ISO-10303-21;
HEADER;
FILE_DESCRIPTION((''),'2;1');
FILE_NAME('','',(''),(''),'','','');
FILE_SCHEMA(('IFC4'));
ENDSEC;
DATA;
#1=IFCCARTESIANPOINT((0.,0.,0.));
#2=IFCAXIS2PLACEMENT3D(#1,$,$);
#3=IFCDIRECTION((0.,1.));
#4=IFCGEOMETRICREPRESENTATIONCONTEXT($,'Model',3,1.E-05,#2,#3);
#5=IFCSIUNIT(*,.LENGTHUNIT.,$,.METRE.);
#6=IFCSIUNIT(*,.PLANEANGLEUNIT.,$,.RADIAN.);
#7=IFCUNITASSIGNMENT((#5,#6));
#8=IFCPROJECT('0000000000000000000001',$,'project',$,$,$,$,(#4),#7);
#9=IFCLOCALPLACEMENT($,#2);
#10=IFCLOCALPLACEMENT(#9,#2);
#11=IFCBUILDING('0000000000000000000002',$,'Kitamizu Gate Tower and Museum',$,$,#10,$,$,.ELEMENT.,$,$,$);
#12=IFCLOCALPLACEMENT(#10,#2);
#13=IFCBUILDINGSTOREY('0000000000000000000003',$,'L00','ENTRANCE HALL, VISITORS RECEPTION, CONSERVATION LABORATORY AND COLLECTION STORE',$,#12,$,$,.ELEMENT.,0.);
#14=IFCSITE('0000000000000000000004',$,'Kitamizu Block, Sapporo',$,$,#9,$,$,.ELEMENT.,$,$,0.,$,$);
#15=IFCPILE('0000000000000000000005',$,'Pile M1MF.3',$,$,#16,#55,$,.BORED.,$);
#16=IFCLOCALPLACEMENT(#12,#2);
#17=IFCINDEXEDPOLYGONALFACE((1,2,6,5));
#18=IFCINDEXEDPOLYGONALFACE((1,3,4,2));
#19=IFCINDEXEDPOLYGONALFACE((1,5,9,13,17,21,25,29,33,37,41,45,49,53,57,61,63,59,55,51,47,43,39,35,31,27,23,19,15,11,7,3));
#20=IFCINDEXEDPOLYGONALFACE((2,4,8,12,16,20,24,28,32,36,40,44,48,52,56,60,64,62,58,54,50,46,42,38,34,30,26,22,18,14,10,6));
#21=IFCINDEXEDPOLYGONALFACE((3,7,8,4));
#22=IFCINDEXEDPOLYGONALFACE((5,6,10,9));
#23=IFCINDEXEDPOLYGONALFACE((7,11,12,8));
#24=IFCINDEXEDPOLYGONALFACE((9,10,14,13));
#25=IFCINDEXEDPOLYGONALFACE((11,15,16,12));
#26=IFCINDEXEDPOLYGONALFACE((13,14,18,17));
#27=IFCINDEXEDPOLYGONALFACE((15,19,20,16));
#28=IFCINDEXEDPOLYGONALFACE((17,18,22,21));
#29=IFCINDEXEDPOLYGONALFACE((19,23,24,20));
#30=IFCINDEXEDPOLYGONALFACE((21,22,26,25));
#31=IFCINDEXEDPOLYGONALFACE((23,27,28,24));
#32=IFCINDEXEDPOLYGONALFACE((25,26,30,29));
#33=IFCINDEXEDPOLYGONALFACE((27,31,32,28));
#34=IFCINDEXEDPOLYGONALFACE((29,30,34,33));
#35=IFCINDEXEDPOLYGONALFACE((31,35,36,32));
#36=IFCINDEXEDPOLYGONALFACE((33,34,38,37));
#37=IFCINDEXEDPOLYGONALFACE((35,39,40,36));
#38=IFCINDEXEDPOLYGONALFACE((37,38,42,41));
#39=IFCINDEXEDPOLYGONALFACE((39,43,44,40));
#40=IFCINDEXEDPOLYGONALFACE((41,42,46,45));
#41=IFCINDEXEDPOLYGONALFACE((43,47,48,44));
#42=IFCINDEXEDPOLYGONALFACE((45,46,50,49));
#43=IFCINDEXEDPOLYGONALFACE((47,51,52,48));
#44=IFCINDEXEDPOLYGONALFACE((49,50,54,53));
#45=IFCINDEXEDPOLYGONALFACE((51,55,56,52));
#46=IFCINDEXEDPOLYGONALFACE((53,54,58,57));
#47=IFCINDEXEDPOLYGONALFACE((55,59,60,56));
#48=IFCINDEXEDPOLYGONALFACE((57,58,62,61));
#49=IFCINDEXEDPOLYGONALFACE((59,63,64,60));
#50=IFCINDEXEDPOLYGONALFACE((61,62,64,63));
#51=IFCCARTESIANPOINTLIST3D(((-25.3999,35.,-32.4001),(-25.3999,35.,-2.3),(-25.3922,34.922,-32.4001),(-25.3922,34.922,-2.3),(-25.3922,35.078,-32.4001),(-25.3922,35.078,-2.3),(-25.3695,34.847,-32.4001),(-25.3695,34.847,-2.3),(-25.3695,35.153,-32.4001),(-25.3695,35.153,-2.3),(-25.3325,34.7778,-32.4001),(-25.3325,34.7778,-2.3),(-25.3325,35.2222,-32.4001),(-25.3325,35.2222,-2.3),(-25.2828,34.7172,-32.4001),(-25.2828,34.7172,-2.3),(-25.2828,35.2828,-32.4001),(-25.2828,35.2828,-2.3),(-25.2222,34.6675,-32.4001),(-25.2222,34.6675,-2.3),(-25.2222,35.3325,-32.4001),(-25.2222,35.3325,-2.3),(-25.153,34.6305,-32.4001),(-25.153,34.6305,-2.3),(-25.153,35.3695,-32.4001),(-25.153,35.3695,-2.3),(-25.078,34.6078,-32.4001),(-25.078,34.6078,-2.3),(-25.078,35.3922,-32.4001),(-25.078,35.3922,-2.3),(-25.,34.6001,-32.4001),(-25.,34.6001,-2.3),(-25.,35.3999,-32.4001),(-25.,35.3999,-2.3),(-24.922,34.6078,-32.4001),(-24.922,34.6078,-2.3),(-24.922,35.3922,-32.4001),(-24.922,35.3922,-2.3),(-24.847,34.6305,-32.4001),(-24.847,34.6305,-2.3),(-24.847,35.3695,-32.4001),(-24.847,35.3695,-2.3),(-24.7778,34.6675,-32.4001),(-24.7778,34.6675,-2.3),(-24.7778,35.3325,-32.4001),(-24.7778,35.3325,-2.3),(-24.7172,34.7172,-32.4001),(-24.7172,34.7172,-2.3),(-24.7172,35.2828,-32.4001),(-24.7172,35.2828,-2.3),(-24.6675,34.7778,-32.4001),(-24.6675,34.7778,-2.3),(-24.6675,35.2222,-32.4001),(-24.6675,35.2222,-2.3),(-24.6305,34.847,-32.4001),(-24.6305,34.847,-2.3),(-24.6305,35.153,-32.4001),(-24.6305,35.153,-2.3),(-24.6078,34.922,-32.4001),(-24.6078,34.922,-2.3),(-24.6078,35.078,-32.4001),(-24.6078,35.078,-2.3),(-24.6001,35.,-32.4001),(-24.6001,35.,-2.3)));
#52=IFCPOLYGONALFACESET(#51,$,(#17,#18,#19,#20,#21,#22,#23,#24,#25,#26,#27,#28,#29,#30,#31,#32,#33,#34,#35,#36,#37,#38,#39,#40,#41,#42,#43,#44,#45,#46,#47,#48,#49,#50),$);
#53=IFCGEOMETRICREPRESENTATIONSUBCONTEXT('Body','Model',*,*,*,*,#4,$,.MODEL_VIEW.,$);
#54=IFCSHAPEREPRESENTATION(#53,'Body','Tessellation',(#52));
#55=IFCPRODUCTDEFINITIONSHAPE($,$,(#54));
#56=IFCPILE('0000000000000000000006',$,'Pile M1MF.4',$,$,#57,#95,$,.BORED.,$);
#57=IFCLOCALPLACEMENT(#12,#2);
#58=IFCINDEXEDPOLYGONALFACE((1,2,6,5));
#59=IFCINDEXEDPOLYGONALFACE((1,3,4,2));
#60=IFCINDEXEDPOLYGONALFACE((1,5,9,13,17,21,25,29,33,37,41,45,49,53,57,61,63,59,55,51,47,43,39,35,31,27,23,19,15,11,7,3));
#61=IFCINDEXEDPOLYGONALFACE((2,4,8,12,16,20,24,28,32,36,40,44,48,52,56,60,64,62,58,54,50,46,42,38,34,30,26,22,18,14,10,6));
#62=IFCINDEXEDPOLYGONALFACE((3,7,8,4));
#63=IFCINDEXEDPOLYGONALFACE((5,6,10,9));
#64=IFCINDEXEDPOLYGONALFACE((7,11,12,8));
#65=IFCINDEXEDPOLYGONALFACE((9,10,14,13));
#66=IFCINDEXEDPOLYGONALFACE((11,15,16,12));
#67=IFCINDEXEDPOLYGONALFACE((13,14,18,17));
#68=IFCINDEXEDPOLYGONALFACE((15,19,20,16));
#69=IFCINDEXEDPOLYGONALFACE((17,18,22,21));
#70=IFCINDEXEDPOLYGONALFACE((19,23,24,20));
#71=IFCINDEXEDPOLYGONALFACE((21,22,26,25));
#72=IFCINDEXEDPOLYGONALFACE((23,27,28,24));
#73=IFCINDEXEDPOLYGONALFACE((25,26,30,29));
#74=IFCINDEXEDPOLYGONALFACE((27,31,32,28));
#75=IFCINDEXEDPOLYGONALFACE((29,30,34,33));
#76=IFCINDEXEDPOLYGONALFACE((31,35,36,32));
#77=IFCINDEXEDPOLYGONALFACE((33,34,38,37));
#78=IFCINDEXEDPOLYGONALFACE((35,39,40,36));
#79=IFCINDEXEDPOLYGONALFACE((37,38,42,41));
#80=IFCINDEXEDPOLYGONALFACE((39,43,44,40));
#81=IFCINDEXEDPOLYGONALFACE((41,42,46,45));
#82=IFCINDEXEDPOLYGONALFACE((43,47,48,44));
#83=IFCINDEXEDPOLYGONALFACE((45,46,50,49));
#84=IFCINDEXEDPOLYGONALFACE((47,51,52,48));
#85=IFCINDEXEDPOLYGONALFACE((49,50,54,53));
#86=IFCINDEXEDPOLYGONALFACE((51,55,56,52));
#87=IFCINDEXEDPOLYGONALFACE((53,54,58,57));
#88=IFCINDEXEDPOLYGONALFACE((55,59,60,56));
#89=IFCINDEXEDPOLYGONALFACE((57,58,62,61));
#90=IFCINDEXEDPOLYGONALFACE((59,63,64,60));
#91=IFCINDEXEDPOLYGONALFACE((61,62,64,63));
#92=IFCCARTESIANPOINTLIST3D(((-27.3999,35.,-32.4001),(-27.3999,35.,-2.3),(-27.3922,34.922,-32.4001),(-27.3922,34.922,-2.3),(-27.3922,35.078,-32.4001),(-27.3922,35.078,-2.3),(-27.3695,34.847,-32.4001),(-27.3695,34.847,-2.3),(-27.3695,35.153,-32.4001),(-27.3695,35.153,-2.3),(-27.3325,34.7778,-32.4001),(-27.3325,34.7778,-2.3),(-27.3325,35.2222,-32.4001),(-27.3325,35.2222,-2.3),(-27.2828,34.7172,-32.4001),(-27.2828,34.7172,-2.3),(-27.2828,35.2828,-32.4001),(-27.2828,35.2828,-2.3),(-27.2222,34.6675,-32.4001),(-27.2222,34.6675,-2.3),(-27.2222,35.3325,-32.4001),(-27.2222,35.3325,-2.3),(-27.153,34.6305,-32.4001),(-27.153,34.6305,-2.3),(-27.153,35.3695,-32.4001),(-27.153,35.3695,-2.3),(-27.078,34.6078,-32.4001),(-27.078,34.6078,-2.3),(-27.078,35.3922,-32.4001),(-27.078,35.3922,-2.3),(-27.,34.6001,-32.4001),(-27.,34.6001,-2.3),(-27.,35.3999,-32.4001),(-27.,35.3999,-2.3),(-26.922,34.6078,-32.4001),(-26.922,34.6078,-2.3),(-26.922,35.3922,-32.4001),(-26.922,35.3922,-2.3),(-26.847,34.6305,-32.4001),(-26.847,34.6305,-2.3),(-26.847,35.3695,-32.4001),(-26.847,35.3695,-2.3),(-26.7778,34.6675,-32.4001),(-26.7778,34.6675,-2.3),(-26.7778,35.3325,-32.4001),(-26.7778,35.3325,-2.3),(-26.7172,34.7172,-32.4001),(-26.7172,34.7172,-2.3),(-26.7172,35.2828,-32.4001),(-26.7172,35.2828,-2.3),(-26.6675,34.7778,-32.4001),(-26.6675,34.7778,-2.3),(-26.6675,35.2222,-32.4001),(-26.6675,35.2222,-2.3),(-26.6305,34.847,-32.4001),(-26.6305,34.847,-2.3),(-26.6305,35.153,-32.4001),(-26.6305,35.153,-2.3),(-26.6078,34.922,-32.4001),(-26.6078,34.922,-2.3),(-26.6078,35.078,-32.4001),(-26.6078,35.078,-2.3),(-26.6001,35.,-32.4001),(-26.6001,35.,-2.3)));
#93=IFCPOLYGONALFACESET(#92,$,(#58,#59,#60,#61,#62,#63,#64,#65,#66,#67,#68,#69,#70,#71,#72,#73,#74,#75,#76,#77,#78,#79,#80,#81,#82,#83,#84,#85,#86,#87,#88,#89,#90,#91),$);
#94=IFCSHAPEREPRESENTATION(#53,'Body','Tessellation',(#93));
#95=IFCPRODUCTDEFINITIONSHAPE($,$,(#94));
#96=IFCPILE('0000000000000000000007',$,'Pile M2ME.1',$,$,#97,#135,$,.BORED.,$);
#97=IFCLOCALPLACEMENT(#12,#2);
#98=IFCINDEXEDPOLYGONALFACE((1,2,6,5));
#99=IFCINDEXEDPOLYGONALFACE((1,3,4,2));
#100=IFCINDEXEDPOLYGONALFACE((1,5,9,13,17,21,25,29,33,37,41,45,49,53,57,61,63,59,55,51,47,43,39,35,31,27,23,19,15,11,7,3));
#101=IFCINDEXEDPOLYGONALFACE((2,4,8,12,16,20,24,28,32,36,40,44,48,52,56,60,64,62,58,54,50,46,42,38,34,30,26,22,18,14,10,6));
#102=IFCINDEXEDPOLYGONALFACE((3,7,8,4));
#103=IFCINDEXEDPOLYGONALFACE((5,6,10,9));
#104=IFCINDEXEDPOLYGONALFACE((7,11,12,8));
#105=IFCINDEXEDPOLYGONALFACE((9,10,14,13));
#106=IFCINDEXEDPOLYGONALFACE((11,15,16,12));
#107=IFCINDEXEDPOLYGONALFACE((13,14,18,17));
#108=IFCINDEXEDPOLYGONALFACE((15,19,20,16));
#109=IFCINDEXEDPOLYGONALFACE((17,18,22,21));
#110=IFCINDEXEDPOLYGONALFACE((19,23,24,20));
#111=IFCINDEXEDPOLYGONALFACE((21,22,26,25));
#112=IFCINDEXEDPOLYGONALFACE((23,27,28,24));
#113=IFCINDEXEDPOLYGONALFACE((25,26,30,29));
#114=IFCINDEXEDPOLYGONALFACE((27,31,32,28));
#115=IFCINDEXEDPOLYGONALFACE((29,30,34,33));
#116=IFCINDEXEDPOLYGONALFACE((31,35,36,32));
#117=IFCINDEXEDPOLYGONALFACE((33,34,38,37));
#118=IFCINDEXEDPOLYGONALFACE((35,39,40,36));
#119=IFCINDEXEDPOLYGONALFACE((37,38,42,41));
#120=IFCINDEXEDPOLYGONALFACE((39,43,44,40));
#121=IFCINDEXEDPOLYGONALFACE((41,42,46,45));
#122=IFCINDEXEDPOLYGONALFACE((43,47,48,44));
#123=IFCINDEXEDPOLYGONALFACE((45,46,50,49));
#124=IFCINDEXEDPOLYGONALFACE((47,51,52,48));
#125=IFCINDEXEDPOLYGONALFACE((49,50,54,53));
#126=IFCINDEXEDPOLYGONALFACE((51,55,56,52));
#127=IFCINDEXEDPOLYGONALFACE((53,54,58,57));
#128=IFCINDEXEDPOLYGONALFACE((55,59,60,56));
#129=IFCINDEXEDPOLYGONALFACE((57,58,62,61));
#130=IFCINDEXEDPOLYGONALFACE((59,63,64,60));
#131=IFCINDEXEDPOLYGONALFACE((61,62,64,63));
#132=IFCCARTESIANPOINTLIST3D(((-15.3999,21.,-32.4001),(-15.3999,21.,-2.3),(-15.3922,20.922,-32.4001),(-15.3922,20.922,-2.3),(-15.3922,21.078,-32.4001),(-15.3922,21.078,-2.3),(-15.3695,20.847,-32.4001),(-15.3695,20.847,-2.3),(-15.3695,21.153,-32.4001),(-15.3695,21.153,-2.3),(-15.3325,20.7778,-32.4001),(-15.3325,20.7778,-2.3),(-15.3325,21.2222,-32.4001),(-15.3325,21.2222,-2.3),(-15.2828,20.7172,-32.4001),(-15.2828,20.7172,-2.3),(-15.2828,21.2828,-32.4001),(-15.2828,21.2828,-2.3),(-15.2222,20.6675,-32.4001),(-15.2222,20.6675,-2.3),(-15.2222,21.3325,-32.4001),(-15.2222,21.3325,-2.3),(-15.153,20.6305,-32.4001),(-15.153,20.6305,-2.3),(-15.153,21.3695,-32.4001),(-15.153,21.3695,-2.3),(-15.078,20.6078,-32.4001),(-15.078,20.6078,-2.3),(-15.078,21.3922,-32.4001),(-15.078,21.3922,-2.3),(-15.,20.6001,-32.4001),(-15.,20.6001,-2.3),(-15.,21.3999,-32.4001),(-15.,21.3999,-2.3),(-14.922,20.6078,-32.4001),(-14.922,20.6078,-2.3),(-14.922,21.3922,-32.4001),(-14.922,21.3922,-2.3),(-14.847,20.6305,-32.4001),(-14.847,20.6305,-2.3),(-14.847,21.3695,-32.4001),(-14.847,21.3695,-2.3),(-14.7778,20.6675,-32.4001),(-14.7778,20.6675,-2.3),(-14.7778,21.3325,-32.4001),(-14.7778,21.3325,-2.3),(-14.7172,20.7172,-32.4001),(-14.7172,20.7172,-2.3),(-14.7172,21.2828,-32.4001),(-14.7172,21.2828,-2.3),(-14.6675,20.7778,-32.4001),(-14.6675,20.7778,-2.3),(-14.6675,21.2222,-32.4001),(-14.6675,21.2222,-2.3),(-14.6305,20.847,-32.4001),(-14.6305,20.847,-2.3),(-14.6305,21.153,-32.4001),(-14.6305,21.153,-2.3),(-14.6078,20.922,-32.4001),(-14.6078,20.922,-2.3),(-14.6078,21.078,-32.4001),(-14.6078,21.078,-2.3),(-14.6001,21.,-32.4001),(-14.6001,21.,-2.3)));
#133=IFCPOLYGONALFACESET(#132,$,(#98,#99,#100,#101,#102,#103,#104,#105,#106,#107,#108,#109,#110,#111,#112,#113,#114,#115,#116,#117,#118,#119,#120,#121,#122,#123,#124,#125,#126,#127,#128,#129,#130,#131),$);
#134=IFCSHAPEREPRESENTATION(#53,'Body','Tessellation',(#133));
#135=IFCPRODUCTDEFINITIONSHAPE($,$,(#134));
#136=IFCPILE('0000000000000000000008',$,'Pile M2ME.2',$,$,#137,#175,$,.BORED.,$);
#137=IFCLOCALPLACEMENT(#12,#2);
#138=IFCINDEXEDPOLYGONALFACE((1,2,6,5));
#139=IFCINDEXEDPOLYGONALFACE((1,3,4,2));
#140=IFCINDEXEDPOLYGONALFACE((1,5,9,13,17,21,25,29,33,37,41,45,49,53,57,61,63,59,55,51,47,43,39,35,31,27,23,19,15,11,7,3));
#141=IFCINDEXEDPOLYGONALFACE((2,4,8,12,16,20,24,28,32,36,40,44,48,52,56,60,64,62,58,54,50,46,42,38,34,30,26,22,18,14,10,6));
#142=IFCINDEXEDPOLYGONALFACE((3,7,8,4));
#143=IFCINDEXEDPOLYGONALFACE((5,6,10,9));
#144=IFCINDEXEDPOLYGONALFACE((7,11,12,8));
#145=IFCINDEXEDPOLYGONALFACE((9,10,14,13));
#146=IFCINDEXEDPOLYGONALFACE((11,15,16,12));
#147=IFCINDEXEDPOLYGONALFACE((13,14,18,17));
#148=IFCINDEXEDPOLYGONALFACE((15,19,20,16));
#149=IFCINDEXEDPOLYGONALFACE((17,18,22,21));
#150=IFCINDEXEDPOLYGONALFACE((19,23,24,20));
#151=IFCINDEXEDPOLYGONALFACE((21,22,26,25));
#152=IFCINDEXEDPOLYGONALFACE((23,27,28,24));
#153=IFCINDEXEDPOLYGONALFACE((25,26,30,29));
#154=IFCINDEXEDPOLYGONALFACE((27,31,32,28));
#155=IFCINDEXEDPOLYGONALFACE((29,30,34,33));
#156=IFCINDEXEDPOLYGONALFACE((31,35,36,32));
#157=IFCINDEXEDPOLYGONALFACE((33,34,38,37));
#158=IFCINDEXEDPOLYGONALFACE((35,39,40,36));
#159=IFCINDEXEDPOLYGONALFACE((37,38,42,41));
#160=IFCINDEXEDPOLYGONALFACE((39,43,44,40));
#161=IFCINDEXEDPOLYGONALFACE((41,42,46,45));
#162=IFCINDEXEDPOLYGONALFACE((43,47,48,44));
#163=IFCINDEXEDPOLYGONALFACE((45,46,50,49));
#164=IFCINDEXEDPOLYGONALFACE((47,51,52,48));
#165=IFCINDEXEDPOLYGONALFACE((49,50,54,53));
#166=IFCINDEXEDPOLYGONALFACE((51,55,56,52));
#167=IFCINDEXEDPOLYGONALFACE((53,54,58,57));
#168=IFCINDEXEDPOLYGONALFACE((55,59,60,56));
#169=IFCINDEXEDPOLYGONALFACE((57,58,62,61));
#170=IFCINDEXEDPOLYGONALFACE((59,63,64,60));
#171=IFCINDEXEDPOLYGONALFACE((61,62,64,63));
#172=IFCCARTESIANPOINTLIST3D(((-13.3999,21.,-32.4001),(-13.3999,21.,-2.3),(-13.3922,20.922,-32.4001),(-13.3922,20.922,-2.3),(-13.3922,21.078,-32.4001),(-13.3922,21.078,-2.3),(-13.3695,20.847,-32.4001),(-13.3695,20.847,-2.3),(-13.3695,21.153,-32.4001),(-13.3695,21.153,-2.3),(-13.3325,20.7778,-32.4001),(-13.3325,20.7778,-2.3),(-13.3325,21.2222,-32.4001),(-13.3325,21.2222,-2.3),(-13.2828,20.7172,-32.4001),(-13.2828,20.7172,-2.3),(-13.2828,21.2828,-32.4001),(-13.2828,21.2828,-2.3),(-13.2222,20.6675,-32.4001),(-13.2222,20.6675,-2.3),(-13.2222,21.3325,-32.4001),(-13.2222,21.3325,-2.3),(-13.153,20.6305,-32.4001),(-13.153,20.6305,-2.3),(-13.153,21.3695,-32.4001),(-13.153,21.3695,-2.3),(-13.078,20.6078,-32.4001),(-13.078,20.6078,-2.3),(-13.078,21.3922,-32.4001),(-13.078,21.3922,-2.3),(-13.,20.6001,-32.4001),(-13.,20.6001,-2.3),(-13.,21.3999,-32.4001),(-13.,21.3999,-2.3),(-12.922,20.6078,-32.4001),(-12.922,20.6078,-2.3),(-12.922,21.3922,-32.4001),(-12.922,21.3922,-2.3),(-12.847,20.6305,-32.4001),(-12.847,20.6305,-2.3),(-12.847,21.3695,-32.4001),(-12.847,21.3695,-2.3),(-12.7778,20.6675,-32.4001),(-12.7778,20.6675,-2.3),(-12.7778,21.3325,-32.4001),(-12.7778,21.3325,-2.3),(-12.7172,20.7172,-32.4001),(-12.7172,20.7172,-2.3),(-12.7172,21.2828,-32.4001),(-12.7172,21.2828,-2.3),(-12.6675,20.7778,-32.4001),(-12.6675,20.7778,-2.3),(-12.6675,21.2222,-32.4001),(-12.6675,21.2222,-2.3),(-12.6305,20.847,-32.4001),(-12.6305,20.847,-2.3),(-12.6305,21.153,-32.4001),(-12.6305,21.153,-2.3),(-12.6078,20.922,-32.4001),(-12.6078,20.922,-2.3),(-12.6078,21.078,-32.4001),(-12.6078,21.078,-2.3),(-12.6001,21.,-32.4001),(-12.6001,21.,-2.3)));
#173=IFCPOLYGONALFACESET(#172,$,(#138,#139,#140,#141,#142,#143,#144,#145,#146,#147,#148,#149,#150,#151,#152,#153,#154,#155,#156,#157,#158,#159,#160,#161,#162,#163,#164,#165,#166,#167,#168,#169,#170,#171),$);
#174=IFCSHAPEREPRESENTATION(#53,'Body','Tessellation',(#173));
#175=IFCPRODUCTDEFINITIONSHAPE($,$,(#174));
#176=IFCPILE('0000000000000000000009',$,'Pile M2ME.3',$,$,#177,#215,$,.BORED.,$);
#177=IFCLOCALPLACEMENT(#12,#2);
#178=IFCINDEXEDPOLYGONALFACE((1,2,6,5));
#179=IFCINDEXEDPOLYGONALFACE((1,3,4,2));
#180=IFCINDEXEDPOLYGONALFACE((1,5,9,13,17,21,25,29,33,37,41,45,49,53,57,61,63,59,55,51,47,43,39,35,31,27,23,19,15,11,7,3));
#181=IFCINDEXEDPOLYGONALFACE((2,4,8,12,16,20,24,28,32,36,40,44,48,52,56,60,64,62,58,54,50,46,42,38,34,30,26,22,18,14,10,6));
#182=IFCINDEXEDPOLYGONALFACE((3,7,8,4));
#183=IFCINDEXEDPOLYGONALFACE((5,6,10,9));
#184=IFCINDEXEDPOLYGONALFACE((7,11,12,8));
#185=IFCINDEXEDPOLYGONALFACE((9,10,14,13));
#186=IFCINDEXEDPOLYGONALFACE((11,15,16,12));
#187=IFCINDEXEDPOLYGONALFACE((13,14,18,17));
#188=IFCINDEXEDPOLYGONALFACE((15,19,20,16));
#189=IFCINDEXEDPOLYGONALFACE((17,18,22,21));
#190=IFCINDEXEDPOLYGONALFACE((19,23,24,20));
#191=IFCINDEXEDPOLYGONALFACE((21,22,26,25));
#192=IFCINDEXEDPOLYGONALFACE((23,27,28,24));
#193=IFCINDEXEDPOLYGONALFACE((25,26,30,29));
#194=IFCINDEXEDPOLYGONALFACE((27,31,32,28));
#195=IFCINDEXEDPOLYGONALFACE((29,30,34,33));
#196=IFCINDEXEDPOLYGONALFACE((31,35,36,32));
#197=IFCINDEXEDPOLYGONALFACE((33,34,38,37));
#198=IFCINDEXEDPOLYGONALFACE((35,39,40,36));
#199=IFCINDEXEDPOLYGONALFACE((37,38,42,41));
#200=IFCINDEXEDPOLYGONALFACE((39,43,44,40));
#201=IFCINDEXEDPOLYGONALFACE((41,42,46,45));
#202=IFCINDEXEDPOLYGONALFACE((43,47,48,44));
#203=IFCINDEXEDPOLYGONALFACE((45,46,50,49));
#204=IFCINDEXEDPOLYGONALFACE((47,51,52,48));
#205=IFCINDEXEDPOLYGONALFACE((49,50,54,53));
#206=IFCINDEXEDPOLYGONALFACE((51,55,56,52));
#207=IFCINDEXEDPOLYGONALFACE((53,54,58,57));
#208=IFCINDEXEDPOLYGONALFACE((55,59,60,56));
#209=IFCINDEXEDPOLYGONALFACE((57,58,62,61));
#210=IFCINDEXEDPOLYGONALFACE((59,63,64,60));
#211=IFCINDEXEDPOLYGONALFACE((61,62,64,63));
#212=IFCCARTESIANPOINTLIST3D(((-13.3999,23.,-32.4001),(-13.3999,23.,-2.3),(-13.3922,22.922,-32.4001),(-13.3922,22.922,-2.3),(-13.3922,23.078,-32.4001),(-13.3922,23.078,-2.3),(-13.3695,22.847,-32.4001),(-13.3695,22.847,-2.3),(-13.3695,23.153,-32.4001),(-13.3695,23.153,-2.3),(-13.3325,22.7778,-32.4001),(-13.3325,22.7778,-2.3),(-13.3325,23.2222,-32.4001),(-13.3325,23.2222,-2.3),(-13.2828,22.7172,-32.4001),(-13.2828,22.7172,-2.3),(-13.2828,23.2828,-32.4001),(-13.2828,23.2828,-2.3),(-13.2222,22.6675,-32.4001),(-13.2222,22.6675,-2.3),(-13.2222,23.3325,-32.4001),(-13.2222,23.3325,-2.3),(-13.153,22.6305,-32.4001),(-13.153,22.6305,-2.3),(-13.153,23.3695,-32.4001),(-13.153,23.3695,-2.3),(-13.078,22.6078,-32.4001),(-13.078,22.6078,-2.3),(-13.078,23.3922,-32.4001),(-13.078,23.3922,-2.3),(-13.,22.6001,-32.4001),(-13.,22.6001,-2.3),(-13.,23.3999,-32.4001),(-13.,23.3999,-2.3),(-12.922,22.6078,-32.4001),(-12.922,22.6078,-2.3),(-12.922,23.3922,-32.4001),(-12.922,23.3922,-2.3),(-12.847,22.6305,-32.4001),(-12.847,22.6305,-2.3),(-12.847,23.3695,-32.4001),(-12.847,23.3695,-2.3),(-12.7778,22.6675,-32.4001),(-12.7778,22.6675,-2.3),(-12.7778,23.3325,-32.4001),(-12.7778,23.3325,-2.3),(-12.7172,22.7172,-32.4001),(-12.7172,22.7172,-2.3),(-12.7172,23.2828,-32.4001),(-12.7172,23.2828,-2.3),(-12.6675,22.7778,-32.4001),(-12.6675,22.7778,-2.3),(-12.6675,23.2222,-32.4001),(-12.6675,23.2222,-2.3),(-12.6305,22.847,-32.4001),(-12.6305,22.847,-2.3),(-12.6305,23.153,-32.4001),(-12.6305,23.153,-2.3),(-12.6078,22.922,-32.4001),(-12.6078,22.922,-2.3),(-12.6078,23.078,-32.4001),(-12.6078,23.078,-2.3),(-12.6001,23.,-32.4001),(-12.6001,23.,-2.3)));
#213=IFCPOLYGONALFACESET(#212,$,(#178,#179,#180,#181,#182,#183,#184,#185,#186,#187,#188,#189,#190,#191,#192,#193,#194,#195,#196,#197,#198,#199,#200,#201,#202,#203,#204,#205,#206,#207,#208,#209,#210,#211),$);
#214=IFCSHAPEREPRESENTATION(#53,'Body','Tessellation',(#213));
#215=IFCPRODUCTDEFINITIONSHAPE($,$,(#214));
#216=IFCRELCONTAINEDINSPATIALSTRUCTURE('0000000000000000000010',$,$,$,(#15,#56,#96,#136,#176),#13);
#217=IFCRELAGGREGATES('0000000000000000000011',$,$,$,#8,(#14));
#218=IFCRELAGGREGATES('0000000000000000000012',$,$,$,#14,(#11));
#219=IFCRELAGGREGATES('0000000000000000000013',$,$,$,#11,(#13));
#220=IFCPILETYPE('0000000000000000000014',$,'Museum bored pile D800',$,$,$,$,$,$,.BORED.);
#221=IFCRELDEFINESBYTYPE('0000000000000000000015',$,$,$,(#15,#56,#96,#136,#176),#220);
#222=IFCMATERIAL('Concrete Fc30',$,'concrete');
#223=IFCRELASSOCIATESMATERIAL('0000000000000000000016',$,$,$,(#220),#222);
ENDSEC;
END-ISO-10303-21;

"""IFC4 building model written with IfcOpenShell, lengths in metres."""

from ifc_helpers import new_model, si_unit, direction, frame, origin, origin_2d, place, context, subcontext, project, spatial, circle, extrude, material, material_profile, profile_set, type_object, element, save


model = new_model("IFC4")

# Units and contexts
model_context = context("Model", 3, precision=1e-05, world=origin(), true_north=direction((0.0, 1.0)))
body_context = subcontext(model_context, "Body", "Model", "MODEL_VIEW")
ifc_project = project(units=[si_unit("LENGTHUNIT", "METRE"), si_unit("PLANEANGLEUNIT", "RADIAN")], contexts=[model_context])

# Site, building, storey
site_placement = place(None, origin())
site = spatial("IfcSite", under=ifc_project, at=site_placement, Name="Kitamizu Block, Sapporo", CompositionType="ELEMENT", RefElevation=0.0)
building_placement = place(site_placement, origin())
building = spatial("IfcBuilding", under=site, at=building_placement, Name="Kitamizu Gate Tower and Museum", CompositionType="ELEMENT")
storey_placement = place(building_placement, origin())
storey = spatial("IfcBuildingStorey", under=building, at=storey_placement, Name="L00", Description="ENTRANCE HALL, VISITORS RECEPTION, CONSERVATION LABORATORY AND COLLECTION STORE", CompositionType="ELEMENT", Elevation=0.0)

# Piles
ifc_material_1 = material(Name="Concrete Fc30", Category="concrete")
ifc_material_profile_1 = material_profile(ifc_material_1, circle(Radius=0.3999, at=origin_2d()), Name="D800")
ifc_profile_set_1 = profile_set([ifc_material_profile_1], Name="Concrete Fc30")
pile_type = type_object("IfcPileType", Name="Museum bored pile D800", PredefinedType="BORED", material=ifc_profile_set_1)
for number, where, z_axis, x_axis, name in (
    (1, (-25.0, 35.0, -2.3), (0.0, 0.0, -1.0), (1.0, 0.0, 0.0), "Pile M1MF.3"),
    (2, (-27.0, 35.0, -2.3), (0.0, 0.0, -1.0), (1.0, 0.0, 0.0), "Pile M1MF.4"),
    (3, (-15.0, 21.0, -2.3), (0.0, 0.0, -1.0), (1.0, 0.0, 0.0), "Pile M2ME.1"),
    (4, (-13.0, 21.0, -2.3), (0.0, 0.0, -1.0), (1.0, 0.0, 0.0), "Pile M2ME.2"),
    (5, (-13.0, 23.0, -2.3), (0.0, 0.0, -1.0), (1.0, 0.0, 0.0), "Pile M2ME.3"),
):
    element("IfcPile", number, at=place(storey_placement, frame(where, z_axis=z_axis, x_axis=x_axis)), inside=storey, type_object=pile_type, Name=name, PredefinedType="BORED", context=body_context, shape_type="SweptSolid", body=[
        extrude(circle(Radius=0.3999, at=origin_2d()), origin(), (0.0, 0.0, 1.0), 30.1001),
    ])

save(model, "model.ifc")
